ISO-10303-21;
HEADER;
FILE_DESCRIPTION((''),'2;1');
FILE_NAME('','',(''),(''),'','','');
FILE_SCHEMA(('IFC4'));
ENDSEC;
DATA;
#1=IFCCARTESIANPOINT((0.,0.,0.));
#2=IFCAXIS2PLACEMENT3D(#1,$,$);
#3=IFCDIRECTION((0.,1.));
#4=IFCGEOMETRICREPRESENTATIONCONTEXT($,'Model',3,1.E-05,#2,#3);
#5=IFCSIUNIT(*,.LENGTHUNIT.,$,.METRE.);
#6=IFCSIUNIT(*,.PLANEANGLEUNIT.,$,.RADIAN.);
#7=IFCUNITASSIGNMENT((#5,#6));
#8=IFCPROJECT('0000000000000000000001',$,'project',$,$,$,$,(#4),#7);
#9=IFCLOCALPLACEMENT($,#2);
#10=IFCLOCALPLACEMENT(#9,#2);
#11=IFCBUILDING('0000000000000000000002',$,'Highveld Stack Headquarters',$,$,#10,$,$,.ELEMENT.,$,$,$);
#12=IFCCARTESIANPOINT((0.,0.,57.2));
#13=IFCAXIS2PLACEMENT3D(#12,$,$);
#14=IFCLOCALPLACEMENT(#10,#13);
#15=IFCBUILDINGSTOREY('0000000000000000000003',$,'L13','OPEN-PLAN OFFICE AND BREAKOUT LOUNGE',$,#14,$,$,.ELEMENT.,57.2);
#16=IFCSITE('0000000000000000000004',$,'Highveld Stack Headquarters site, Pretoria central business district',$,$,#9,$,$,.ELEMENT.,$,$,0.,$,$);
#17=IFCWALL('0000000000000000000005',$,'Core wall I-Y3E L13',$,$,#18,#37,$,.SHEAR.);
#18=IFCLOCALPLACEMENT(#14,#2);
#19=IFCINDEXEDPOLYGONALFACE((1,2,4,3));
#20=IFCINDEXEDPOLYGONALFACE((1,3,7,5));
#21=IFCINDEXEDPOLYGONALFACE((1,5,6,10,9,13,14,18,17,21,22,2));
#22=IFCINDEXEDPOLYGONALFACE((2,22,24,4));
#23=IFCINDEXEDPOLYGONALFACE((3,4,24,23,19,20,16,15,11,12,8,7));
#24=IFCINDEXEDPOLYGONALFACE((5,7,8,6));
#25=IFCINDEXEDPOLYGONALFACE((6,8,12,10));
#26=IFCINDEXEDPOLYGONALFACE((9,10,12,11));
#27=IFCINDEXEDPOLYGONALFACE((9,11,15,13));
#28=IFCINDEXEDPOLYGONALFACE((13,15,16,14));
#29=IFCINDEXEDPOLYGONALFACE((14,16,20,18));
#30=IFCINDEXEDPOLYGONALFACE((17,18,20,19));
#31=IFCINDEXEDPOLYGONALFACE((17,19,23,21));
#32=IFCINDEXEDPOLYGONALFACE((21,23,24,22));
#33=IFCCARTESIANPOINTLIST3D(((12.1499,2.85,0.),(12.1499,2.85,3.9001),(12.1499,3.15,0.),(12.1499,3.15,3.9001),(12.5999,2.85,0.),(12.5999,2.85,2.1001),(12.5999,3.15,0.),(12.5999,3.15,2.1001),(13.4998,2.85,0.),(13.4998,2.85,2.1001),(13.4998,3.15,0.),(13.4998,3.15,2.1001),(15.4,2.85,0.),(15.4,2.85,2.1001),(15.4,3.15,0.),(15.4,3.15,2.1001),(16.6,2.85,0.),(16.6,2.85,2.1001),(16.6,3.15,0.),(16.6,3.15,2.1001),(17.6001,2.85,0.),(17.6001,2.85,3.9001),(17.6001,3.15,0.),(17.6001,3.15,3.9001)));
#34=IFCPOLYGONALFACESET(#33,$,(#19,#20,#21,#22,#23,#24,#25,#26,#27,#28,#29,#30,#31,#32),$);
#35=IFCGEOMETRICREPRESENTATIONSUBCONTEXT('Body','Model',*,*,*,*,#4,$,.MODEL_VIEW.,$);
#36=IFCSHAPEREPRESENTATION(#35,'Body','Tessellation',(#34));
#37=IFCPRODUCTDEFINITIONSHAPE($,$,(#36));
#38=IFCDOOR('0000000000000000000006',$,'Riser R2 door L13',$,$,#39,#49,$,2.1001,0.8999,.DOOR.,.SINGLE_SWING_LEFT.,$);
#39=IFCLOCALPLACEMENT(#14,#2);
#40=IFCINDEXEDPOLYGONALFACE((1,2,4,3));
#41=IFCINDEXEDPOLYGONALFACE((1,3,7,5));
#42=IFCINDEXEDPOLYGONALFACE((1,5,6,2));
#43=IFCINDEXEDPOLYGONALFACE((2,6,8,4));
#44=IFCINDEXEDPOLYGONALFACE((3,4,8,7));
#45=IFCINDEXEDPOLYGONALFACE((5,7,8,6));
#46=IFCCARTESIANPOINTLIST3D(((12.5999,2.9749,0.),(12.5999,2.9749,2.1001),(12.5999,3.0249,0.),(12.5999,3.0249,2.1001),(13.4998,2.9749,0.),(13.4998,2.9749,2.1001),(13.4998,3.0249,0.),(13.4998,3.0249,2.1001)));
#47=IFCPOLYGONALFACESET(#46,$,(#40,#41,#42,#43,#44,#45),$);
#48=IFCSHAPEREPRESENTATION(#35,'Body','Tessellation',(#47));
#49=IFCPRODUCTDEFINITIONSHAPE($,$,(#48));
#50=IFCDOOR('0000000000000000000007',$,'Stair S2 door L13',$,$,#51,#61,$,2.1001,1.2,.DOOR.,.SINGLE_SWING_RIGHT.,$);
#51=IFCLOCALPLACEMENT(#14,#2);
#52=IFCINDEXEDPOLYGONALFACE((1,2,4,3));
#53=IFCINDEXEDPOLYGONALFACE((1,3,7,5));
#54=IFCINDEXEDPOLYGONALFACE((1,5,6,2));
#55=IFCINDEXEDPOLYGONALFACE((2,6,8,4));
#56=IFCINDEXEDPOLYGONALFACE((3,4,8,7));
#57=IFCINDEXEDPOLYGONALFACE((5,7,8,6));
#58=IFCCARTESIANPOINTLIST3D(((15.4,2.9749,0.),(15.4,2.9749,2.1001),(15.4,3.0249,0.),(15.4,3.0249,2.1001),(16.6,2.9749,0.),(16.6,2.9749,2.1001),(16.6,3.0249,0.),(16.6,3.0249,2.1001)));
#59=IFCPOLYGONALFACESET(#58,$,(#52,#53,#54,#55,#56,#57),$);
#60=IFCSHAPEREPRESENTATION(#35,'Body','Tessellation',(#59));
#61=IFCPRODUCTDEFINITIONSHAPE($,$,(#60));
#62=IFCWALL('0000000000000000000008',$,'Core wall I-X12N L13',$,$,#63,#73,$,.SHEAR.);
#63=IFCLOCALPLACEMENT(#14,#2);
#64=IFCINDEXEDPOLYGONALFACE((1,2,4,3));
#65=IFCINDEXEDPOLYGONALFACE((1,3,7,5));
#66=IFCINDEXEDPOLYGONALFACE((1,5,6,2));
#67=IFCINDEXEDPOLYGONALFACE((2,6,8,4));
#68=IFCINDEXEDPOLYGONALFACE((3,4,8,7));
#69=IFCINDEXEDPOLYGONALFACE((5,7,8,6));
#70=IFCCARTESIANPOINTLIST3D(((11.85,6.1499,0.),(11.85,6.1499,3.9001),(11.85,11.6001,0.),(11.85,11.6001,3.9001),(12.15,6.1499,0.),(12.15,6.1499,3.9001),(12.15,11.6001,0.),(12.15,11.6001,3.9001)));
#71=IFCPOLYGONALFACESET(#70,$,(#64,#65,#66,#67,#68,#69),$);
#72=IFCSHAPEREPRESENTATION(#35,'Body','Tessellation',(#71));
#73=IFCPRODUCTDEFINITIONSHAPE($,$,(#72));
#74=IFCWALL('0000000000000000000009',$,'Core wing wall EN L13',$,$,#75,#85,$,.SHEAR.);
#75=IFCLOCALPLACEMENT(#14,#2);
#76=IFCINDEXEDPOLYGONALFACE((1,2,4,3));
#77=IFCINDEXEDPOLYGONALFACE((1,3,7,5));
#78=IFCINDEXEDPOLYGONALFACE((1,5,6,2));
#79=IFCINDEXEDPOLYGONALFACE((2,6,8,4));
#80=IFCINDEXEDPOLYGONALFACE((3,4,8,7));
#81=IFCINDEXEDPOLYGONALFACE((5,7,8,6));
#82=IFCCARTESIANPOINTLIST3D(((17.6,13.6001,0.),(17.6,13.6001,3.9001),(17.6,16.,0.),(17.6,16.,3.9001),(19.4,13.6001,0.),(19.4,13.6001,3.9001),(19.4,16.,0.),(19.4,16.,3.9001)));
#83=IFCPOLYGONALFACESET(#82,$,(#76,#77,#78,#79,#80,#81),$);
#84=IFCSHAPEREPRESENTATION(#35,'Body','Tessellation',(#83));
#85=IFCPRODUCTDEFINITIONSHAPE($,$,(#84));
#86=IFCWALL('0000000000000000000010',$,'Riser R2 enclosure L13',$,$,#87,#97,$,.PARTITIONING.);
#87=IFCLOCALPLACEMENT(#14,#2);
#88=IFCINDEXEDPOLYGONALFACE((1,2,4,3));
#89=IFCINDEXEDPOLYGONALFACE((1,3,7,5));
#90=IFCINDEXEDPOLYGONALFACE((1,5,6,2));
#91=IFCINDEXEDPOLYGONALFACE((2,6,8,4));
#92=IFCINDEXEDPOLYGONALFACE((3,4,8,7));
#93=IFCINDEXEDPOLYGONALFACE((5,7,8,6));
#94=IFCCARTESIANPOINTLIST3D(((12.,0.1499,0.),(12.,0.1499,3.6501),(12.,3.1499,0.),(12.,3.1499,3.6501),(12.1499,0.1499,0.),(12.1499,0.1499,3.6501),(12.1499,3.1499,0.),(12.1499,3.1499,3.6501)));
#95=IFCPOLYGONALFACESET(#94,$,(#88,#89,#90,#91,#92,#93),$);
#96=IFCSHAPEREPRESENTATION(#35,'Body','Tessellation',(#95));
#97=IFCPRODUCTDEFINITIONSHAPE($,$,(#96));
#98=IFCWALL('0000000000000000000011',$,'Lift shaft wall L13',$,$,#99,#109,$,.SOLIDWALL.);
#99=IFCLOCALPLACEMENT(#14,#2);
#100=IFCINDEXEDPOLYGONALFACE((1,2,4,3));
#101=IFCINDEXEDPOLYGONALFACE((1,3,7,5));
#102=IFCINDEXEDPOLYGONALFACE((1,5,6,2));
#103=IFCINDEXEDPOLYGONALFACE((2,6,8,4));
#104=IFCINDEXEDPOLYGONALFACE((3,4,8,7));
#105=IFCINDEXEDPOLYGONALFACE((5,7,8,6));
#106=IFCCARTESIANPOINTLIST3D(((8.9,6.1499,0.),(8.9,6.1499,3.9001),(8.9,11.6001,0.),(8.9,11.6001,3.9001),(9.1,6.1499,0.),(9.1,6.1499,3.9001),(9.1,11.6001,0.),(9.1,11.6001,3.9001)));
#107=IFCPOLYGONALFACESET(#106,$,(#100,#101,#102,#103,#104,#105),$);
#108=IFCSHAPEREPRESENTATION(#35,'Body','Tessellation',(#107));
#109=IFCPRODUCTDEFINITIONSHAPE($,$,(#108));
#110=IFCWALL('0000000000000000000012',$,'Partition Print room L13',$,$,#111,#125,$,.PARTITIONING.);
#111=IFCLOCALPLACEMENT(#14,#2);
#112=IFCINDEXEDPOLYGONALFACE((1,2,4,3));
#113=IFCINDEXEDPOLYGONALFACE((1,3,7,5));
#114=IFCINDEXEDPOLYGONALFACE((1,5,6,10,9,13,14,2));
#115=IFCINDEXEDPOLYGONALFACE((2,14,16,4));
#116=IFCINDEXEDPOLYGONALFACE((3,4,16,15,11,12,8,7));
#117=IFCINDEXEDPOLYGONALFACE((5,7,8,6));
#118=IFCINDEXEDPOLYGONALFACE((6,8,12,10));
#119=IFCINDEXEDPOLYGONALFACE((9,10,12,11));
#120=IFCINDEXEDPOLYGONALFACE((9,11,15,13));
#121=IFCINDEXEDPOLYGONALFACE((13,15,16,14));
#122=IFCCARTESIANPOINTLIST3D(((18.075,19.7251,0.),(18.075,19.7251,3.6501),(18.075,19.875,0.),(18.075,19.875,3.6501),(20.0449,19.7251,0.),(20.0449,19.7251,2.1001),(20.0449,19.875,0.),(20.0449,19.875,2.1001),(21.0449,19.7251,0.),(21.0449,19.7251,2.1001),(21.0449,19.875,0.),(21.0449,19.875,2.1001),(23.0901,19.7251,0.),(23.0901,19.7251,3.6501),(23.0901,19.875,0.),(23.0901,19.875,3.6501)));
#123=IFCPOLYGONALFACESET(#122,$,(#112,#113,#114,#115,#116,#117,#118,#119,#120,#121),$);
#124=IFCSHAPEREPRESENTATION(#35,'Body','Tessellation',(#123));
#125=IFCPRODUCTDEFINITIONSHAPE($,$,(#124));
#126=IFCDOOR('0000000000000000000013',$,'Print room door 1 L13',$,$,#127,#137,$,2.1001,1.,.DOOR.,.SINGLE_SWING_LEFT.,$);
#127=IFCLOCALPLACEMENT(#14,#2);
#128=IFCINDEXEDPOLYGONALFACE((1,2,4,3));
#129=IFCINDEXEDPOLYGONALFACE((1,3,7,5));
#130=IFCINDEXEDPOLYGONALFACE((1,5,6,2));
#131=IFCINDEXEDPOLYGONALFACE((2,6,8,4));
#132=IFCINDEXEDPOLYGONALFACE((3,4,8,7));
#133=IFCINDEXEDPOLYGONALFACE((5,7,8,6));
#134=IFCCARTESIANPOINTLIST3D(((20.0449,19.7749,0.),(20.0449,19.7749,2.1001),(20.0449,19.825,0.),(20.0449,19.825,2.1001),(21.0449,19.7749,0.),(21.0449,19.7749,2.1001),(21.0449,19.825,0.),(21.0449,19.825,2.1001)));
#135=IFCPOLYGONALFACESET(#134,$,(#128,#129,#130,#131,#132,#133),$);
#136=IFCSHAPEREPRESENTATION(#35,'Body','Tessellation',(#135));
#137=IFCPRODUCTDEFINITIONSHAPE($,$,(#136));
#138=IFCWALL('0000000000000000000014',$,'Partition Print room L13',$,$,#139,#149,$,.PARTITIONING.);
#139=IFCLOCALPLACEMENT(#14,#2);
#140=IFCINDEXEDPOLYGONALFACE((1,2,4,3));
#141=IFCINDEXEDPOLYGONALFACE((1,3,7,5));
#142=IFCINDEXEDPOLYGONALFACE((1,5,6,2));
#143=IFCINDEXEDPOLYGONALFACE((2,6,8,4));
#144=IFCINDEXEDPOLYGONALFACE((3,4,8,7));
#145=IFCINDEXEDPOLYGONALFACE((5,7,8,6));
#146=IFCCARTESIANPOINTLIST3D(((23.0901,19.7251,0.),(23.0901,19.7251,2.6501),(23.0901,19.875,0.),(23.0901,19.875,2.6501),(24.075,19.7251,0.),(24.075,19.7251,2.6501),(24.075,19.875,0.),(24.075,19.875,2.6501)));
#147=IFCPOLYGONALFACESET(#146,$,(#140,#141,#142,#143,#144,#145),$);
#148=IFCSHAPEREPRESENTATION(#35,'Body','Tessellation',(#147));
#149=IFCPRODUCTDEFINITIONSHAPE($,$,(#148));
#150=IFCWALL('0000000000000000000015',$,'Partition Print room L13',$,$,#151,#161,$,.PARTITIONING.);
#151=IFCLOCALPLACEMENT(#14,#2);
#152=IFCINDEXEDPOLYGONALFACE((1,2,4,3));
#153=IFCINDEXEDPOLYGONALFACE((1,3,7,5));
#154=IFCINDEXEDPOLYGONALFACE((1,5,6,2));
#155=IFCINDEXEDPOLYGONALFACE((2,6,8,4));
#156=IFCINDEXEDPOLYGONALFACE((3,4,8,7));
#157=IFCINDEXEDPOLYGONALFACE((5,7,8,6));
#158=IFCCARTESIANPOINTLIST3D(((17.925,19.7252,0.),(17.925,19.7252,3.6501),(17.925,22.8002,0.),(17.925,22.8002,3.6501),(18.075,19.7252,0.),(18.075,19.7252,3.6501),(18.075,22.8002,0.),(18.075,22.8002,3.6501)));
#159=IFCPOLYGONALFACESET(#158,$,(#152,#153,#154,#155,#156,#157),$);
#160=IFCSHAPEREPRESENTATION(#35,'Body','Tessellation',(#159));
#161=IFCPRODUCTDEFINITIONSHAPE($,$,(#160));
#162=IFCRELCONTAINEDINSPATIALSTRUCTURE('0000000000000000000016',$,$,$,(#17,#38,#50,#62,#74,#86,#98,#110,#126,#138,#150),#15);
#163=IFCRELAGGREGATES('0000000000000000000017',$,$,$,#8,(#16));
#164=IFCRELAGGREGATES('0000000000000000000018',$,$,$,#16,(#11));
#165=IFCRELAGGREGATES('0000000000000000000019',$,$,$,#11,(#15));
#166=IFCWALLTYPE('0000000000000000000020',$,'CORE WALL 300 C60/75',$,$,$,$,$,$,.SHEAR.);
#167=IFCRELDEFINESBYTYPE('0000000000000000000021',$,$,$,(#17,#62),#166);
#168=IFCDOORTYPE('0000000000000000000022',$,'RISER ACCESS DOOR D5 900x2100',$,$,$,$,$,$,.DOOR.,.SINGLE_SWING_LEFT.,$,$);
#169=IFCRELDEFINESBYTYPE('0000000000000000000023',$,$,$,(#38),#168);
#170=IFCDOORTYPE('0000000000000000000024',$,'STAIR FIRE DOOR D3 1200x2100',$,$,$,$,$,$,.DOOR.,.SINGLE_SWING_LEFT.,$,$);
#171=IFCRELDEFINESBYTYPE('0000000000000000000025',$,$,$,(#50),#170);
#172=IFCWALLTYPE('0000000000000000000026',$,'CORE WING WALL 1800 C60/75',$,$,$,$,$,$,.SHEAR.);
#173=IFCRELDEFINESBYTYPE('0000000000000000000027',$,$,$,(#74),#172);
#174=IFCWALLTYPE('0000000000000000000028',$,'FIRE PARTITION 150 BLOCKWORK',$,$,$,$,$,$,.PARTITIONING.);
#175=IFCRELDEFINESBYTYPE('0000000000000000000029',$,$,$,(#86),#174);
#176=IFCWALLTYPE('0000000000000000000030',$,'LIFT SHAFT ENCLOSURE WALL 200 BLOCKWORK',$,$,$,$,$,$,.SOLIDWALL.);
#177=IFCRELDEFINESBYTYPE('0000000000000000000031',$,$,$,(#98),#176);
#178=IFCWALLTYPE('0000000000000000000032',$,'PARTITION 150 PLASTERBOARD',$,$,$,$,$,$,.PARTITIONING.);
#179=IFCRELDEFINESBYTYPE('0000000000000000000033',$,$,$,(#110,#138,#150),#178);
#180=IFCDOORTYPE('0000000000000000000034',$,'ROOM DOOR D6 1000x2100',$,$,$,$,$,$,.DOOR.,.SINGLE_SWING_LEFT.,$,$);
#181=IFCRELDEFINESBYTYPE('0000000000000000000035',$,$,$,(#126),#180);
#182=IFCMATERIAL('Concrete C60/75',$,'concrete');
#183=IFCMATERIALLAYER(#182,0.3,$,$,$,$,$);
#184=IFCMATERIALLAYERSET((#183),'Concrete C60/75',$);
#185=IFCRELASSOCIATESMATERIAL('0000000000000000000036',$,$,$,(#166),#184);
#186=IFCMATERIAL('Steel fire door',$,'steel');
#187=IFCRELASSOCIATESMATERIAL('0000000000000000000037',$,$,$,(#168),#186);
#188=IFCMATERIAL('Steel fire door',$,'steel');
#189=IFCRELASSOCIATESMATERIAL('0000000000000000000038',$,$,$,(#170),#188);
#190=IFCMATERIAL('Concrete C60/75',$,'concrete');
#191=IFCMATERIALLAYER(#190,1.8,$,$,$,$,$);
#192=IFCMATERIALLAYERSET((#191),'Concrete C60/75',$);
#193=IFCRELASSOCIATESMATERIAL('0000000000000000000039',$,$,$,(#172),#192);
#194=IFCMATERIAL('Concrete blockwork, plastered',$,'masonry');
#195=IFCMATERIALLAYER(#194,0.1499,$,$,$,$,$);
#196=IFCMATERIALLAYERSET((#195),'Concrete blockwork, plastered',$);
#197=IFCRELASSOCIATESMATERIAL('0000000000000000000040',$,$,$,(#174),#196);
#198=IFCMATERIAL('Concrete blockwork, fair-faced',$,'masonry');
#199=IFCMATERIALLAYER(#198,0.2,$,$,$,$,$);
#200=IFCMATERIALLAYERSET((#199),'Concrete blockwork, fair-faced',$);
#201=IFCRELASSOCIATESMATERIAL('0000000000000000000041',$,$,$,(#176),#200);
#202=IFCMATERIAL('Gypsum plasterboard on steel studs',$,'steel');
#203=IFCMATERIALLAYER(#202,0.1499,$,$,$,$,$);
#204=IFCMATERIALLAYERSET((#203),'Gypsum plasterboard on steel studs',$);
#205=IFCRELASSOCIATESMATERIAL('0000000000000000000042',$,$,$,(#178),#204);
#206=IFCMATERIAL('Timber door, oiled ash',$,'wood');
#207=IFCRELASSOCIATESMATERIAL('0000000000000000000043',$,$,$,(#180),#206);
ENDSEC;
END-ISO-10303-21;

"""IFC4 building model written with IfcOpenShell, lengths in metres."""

from ifc_helpers import new_model, si_unit, direction, frame, frame_2d, origin, place, context, subcontext, project, spatial, rectangle, extrude, material, layer, layer_set, type_object, element, fill, save


model = new_model("IFC4")

# Units and contexts
model_context = context("Model", 3, precision=1e-05, world=origin(), true_north=direction((0.0, 1.0)))
body_context = subcontext(model_context, "Body", "Model", "MODEL_VIEW")
ifc_project = project(units=[si_unit("LENGTHUNIT", "METRE"), si_unit("PLANEANGLEUNIT", "RADIAN")], contexts=[model_context])

# Site, building, storey
site_placement = place(None, origin())
site = spatial("IfcSite", under=ifc_project, at=site_placement, Name="Highveld Stack Headquarters site, Pretoria central business district", CompositionType="ELEMENT", RefElevation=0.0)
building_placement = place(site_placement, origin())
building = spatial("IfcBuilding", under=site, at=building_placement, Name="Highveld Stack Headquarters", CompositionType="ELEMENT")
storey_placement = place(building_placement, frame((0.0, 0.0, 57.2)))
storey = spatial("IfcBuildingStorey", under=building, at=storey_placement, Name="L13", Description="OPEN-PLAN OFFICE AND BREAKOUT LOUNGE", CompositionType="ELEMENT", Elevation=57.2)

# Wall, openings, doors
ifc_material_1 = material(Name="Concrete C60/75", Category="concrete")
ifc_layer_1 = layer(ifc_material_1, 0.3)
ifc_layer_set_1 = layer_set([ifc_layer_1], Name="Concrete C60/75")
wall_type_1 = type_object("IfcWallType", Name="CORE WALL 300 C60/75", PredefinedType="SHEAR", material=ifc_layer_set_1)
wall_1_placement = place(storey_placement, frame((12.1499, 3.0, 0.0), z_axis=(0.0, 0.0, 1.0), x_axis=(1.0, 0.0, 0.0)))
wall_1 = element("IfcWall", 1, at=wall_1_placement, inside=storey, type_object=wall_type_1, Name="Core wall I-Y3E L13", PredefinedType="SHEAR", context=body_context, shape_type="SweptSolid", body=[
    extrude(rectangle(XDim=5.4502, YDim=0.3, at=frame_2d((2.7251, 0.0))), origin(), (0.0, 0.0, 1.0), 3.9001),
])
opening_1_placement = place(wall_1_placement, frame((3.25, 0.0, 0.0)))
opening_1 = element("IfcOpeningElement", 2, at=opening_1_placement, cuts=wall_1, PredefinedType="OPENING", context=body_context, shape_type="SweptSolid", body=[
    extrude(rectangle(XDim=1.2, YDim=2.1001, at=frame_2d((0.6001, 1.05))), frame((0.0, 0.1599, 0.0), z_axis=(0.0, -1.0, 0.0), x_axis=(1.0, 0.0, 0.0)), (0.0, 0.0, 1.0), 0.3201),
])
opening_2_placement = place(wall_1_placement, frame((0.45, 0.0, 0.0)))
opening_2 = element("IfcOpeningElement", 3, at=opening_2_placement, cuts=wall_1, PredefinedType="OPENING", context=body_context, shape_type="SweptSolid", body=[
    extrude(rectangle(XDim=0.8999, YDim=2.1001, at=frame_2d((0.45, 1.05))), frame((0.0, 0.1599, 0.0), z_axis=(0.0, -1.0, 0.0), x_axis=(1.0, 0.0, 0.0)), (0.0, 0.0, 1.0), 0.3201),
])
ifc_material_2 = material(Name="Steel fire door", Category="steel")
door_type_1 = type_object("IfcDoorType", Name="RISER ACCESS DOOR D5 900x2100", OperationType="SINGLE_SWING_LEFT", PredefinedType="DOOR", material=ifc_material_2)
door_1_placement = place(opening_2_placement, origin())
door_1 = element("IfcDoor", 4, at=door_1_placement, inside=storey, type_object=door_type_1, Name="Riser R2 door L13", OperationType="SINGLE_SWING_LEFT", OverallHeight=2.1001, OverallWidth=0.8999, PredefinedType="DOOR", context=body_context, shape_type="SweptSolid", body=[
    extrude(rectangle(XDim=0.8999, YDim=2.1001, at=frame_2d((0.45, 1.05))), frame((0.0, 0.0249, 0.0), z_axis=(0.0, -1.0, 0.0), x_axis=(1.0, 0.0, 0.0)), (0.0, 0.0, 1.0), 0.05),
])
fill(opening_2, door_1)
ifc_material_3 = material(Name="Steel fire door", Category="steel")
door_type_2 = type_object("IfcDoorType", Name="STAIR FIRE DOOR D3 1200x2100", OperationType="SINGLE_SWING_LEFT", PredefinedType="DOOR", material=ifc_material_3)
door_2_placement = place(opening_1_placement, origin())
door_2 = element("IfcDoor", 5, at=door_2_placement, inside=storey, type_object=door_type_2, Name="Stair S2 door L13", OperationType="SINGLE_SWING_RIGHT", OverallHeight=2.1001, OverallWidth=1.2, PredefinedType="DOOR", context=body_context, shape_type="SweptSolid", body=[
    extrude(rectangle(XDim=1.2, YDim=2.1001, at=frame_2d((0.6001, 1.05))), frame((0.0, 0.0249, 0.0), z_axis=(0.0, -1.0, 0.0), x_axis=(1.0, 0.0, 0.0)), (0.0, 0.0, 1.0), 0.05),
])
fill(opening_1, door_2)

# Walls
wall_2_placement = place(storey_placement, frame((12.0, 6.1499, 0.0), z_axis=(0.0, 0.0, 1.0), x_axis=(0.0, 1.0, 0.0)))
element("IfcWall", 6, at=wall_2_placement, inside=storey, type_object=wall_type_1, Name="Core wall I-X12N L13", PredefinedType="SHEAR", context=body_context, shape_type="SweptSolid", body=[
    extrude(rectangle(XDim=5.4502, YDim=0.3, at=frame_2d((2.7251, 0.0))), origin(), (0.0, 0.0, 1.0), 3.9001),
])
ifc_material_4 = material(Name="Concrete C60/75", Category="concrete")
ifc_layer_2 = layer(ifc_material_4, 1.8)
ifc_layer_set_2 = layer_set([ifc_layer_2], Name="Concrete C60/75")
wall_type_2 = type_object("IfcWallType", Name="CORE WING WALL 1800 C60/75", PredefinedType="SHEAR", material=ifc_layer_set_2)
wall_3_placement = place(storey_placement, frame((18.5, 13.6001, 0.0), z_axis=(0.0, 0.0, 1.0), x_axis=(0.0, 1.0, 0.0)))
element("IfcWall", 7, at=wall_3_placement, inside=storey, type_object=wall_type_2, Name="Core wing wall EN L13", PredefinedType="SHEAR", context=body_context, shape_type="SweptSolid", body=[
    extrude(rectangle(XDim=2.3999, YDim=1.8, at=frame_2d((1.2, 0.0))), origin(), (0.0, 0.0, 1.0), 3.9001),
])
ifc_material_5 = material(Name="Concrete blockwork, plastered", Category="masonry")
ifc_layer_3 = layer(ifc_material_5, 0.1499)
ifc_layer_set_3 = layer_set([ifc_layer_3], Name="Concrete blockwork, plastered")
wall_type_3 = type_object("IfcWallType", Name="FIRE PARTITION 150 BLOCKWORK", PredefinedType="PARTITIONING", material=ifc_layer_set_3)
wall_4_placement = place(storey_placement, frame((12.075, 0.1499, 0.0), z_axis=(0.0, 0.0, 1.0), x_axis=(0.0, 1.0, 0.0)))
element("IfcWall", 8, at=wall_4_placement, inside=storey, type_object=wall_type_3, Name="Riser R2 enclosure L13", PredefinedType="PARTITIONING", context=body_context, shape_type="SweptSolid", body=[
    extrude(rectangle(XDim=3.0, YDim=0.1499, at=frame_2d((1.5, 0.0))), origin(), (0.0, 0.0, 1.0), 3.6501),
])
ifc_material_6 = material(Name="Concrete blockwork, fair-faced", Category="masonry")
ifc_layer_4 = layer(ifc_material_6, 0.2)
ifc_layer_set_4 = layer_set([ifc_layer_4], Name="Concrete blockwork, fair-faced")
wall_type_4 = type_object("IfcWallType", Name="LIFT SHAFT ENCLOSURE WALL 200 BLOCKWORK", PredefinedType="SOLIDWALL", material=ifc_layer_set_4)
wall_5_placement = place(storey_placement, frame((9.0, 6.1499, 0.0), z_axis=(0.0, 0.0, 1.0), x_axis=(0.0, 1.0, 0.0)))
element("IfcWall", 9, at=wall_5_placement, inside=storey, type_object=wall_type_4, Name="Lift shaft wall L13", PredefinedType="SOLIDWALL", context=body_context, shape_type="SweptSolid", body=[
    extrude(rectangle(XDim=5.4502, YDim=0.2, at=frame_2d((2.7251, 0.0))), origin(), (0.0, 0.0, 1.0), 3.9001),
])

# Wall, opening, door
ifc_material_7 = material(Name="Gypsum plasterboard on steel studs", Category="steel")
ifc_layer_5 = layer(ifc_material_7, 0.1499)
ifc_layer_set_5 = layer_set([ifc_layer_5], Name="Gypsum plasterboard on steel studs")
wall_type_5 = type_object("IfcWallType", Name="PARTITION 150 PLASTERBOARD", PredefinedType="PARTITIONING", material=ifc_layer_set_5)
wall_6_placement = place(storey_placement, frame((18.075, 19.8, 0.0), z_axis=(0.0, 0.0, 1.0), x_axis=(1.0, 0.0, 0.0)))
wall_6 = element("IfcWall", 10, at=wall_6_placement, inside=storey, type_object=wall_type_5, Name="Partition Print room L13", PredefinedType="PARTITIONING", context=body_context, shape_type="SweptSolid", body=[
    extrude(rectangle(XDim=5.0151, YDim=0.1499, at=frame_2d((2.5076, 0.0))), origin(), (0.0, 0.0, 1.0), 3.6501),
])
opening_3_placement = place(wall_6_placement, frame((1.97, 0.0, 0.0)))
opening_3 = element("IfcOpeningElement", 11, at=opening_3_placement, cuts=wall_6, PredefinedType="OPENING", context=body_context, shape_type="SweptSolid", body=[
    extrude(rectangle(XDim=1.0, YDim=2.1001, at=frame_2d((0.5, 1.05))), frame((0.0, 0.085, 0.0), z_axis=(0.0, -1.0, 0.0), x_axis=(1.0, 0.0, 0.0)), (0.0, 0.0, 1.0), 0.1699),
])
ifc_material_8 = material(Name="Timber door, oiled ash", Category="wood")
door_type_3 = type_object("IfcDoorType", Name="ROOM DOOR D6 1000x2100", OperationType="SINGLE_SWING_LEFT", PredefinedType="DOOR", material=ifc_material_8)
door_3_placement = place(opening_3_placement, origin())
door_3 = element("IfcDoor", 12, at=door_3_placement, inside=storey, type_object=door_type_3, Name="Print room door 1 L13", OperationType="SINGLE_SWING_LEFT", OverallHeight=2.1001, OverallWidth=1.0, PredefinedType="DOOR", context=body_context, shape_type="SweptSolid", body=[
    extrude(rectangle(XDim=1.0, YDim=2.1001, at=frame_2d((0.5, 1.05))), frame((0.0, 0.0249, 0.0), z_axis=(0.0, -1.0, 0.0), x_axis=(1.0, 0.0, 0.0)), (0.0, 0.0, 1.0), 0.05),
])
fill(opening_3, door_3)

# Walls
wall_7_placement = place(storey_placement, frame((23.0901, 19.8, 0.0), z_axis=(0.0, 0.0, 1.0), x_axis=(1.0, 0.0, 0.0)))
element("IfcWall", 13, at=wall_7_placement, inside=storey, type_object=wall_type_5, Name="Partition Print room L13", PredefinedType="PARTITIONING", context=body_context, shape_type="SweptSolid", body=[
    extrude(rectangle(XDim=0.9849, YDim=0.1499, at=frame_2d((0.4924, 0.0))), origin(), (0.0, 0.0, 1.0), 2.6501),
])
wall_8_placement = place(storey_placement, frame((18.0, 19.7251, 0.0), z_axis=(0.0, 0.0, 1.0), x_axis=(0.0, 1.0, 0.0)))
element("IfcWall", 14, at=wall_8_placement, inside=storey, type_object=wall_type_5, Name="Partition Print room L13", PredefinedType="PARTITIONING", context=body_context, shape_type="SweptSolid", body=[
    extrude(rectangle(XDim=3.075, YDim=0.1499, at=frame_2d((1.5376, 0.0))), origin(), (0.0, 0.0, 1.0), 3.6501),
])

save(model, "model.ifc")
